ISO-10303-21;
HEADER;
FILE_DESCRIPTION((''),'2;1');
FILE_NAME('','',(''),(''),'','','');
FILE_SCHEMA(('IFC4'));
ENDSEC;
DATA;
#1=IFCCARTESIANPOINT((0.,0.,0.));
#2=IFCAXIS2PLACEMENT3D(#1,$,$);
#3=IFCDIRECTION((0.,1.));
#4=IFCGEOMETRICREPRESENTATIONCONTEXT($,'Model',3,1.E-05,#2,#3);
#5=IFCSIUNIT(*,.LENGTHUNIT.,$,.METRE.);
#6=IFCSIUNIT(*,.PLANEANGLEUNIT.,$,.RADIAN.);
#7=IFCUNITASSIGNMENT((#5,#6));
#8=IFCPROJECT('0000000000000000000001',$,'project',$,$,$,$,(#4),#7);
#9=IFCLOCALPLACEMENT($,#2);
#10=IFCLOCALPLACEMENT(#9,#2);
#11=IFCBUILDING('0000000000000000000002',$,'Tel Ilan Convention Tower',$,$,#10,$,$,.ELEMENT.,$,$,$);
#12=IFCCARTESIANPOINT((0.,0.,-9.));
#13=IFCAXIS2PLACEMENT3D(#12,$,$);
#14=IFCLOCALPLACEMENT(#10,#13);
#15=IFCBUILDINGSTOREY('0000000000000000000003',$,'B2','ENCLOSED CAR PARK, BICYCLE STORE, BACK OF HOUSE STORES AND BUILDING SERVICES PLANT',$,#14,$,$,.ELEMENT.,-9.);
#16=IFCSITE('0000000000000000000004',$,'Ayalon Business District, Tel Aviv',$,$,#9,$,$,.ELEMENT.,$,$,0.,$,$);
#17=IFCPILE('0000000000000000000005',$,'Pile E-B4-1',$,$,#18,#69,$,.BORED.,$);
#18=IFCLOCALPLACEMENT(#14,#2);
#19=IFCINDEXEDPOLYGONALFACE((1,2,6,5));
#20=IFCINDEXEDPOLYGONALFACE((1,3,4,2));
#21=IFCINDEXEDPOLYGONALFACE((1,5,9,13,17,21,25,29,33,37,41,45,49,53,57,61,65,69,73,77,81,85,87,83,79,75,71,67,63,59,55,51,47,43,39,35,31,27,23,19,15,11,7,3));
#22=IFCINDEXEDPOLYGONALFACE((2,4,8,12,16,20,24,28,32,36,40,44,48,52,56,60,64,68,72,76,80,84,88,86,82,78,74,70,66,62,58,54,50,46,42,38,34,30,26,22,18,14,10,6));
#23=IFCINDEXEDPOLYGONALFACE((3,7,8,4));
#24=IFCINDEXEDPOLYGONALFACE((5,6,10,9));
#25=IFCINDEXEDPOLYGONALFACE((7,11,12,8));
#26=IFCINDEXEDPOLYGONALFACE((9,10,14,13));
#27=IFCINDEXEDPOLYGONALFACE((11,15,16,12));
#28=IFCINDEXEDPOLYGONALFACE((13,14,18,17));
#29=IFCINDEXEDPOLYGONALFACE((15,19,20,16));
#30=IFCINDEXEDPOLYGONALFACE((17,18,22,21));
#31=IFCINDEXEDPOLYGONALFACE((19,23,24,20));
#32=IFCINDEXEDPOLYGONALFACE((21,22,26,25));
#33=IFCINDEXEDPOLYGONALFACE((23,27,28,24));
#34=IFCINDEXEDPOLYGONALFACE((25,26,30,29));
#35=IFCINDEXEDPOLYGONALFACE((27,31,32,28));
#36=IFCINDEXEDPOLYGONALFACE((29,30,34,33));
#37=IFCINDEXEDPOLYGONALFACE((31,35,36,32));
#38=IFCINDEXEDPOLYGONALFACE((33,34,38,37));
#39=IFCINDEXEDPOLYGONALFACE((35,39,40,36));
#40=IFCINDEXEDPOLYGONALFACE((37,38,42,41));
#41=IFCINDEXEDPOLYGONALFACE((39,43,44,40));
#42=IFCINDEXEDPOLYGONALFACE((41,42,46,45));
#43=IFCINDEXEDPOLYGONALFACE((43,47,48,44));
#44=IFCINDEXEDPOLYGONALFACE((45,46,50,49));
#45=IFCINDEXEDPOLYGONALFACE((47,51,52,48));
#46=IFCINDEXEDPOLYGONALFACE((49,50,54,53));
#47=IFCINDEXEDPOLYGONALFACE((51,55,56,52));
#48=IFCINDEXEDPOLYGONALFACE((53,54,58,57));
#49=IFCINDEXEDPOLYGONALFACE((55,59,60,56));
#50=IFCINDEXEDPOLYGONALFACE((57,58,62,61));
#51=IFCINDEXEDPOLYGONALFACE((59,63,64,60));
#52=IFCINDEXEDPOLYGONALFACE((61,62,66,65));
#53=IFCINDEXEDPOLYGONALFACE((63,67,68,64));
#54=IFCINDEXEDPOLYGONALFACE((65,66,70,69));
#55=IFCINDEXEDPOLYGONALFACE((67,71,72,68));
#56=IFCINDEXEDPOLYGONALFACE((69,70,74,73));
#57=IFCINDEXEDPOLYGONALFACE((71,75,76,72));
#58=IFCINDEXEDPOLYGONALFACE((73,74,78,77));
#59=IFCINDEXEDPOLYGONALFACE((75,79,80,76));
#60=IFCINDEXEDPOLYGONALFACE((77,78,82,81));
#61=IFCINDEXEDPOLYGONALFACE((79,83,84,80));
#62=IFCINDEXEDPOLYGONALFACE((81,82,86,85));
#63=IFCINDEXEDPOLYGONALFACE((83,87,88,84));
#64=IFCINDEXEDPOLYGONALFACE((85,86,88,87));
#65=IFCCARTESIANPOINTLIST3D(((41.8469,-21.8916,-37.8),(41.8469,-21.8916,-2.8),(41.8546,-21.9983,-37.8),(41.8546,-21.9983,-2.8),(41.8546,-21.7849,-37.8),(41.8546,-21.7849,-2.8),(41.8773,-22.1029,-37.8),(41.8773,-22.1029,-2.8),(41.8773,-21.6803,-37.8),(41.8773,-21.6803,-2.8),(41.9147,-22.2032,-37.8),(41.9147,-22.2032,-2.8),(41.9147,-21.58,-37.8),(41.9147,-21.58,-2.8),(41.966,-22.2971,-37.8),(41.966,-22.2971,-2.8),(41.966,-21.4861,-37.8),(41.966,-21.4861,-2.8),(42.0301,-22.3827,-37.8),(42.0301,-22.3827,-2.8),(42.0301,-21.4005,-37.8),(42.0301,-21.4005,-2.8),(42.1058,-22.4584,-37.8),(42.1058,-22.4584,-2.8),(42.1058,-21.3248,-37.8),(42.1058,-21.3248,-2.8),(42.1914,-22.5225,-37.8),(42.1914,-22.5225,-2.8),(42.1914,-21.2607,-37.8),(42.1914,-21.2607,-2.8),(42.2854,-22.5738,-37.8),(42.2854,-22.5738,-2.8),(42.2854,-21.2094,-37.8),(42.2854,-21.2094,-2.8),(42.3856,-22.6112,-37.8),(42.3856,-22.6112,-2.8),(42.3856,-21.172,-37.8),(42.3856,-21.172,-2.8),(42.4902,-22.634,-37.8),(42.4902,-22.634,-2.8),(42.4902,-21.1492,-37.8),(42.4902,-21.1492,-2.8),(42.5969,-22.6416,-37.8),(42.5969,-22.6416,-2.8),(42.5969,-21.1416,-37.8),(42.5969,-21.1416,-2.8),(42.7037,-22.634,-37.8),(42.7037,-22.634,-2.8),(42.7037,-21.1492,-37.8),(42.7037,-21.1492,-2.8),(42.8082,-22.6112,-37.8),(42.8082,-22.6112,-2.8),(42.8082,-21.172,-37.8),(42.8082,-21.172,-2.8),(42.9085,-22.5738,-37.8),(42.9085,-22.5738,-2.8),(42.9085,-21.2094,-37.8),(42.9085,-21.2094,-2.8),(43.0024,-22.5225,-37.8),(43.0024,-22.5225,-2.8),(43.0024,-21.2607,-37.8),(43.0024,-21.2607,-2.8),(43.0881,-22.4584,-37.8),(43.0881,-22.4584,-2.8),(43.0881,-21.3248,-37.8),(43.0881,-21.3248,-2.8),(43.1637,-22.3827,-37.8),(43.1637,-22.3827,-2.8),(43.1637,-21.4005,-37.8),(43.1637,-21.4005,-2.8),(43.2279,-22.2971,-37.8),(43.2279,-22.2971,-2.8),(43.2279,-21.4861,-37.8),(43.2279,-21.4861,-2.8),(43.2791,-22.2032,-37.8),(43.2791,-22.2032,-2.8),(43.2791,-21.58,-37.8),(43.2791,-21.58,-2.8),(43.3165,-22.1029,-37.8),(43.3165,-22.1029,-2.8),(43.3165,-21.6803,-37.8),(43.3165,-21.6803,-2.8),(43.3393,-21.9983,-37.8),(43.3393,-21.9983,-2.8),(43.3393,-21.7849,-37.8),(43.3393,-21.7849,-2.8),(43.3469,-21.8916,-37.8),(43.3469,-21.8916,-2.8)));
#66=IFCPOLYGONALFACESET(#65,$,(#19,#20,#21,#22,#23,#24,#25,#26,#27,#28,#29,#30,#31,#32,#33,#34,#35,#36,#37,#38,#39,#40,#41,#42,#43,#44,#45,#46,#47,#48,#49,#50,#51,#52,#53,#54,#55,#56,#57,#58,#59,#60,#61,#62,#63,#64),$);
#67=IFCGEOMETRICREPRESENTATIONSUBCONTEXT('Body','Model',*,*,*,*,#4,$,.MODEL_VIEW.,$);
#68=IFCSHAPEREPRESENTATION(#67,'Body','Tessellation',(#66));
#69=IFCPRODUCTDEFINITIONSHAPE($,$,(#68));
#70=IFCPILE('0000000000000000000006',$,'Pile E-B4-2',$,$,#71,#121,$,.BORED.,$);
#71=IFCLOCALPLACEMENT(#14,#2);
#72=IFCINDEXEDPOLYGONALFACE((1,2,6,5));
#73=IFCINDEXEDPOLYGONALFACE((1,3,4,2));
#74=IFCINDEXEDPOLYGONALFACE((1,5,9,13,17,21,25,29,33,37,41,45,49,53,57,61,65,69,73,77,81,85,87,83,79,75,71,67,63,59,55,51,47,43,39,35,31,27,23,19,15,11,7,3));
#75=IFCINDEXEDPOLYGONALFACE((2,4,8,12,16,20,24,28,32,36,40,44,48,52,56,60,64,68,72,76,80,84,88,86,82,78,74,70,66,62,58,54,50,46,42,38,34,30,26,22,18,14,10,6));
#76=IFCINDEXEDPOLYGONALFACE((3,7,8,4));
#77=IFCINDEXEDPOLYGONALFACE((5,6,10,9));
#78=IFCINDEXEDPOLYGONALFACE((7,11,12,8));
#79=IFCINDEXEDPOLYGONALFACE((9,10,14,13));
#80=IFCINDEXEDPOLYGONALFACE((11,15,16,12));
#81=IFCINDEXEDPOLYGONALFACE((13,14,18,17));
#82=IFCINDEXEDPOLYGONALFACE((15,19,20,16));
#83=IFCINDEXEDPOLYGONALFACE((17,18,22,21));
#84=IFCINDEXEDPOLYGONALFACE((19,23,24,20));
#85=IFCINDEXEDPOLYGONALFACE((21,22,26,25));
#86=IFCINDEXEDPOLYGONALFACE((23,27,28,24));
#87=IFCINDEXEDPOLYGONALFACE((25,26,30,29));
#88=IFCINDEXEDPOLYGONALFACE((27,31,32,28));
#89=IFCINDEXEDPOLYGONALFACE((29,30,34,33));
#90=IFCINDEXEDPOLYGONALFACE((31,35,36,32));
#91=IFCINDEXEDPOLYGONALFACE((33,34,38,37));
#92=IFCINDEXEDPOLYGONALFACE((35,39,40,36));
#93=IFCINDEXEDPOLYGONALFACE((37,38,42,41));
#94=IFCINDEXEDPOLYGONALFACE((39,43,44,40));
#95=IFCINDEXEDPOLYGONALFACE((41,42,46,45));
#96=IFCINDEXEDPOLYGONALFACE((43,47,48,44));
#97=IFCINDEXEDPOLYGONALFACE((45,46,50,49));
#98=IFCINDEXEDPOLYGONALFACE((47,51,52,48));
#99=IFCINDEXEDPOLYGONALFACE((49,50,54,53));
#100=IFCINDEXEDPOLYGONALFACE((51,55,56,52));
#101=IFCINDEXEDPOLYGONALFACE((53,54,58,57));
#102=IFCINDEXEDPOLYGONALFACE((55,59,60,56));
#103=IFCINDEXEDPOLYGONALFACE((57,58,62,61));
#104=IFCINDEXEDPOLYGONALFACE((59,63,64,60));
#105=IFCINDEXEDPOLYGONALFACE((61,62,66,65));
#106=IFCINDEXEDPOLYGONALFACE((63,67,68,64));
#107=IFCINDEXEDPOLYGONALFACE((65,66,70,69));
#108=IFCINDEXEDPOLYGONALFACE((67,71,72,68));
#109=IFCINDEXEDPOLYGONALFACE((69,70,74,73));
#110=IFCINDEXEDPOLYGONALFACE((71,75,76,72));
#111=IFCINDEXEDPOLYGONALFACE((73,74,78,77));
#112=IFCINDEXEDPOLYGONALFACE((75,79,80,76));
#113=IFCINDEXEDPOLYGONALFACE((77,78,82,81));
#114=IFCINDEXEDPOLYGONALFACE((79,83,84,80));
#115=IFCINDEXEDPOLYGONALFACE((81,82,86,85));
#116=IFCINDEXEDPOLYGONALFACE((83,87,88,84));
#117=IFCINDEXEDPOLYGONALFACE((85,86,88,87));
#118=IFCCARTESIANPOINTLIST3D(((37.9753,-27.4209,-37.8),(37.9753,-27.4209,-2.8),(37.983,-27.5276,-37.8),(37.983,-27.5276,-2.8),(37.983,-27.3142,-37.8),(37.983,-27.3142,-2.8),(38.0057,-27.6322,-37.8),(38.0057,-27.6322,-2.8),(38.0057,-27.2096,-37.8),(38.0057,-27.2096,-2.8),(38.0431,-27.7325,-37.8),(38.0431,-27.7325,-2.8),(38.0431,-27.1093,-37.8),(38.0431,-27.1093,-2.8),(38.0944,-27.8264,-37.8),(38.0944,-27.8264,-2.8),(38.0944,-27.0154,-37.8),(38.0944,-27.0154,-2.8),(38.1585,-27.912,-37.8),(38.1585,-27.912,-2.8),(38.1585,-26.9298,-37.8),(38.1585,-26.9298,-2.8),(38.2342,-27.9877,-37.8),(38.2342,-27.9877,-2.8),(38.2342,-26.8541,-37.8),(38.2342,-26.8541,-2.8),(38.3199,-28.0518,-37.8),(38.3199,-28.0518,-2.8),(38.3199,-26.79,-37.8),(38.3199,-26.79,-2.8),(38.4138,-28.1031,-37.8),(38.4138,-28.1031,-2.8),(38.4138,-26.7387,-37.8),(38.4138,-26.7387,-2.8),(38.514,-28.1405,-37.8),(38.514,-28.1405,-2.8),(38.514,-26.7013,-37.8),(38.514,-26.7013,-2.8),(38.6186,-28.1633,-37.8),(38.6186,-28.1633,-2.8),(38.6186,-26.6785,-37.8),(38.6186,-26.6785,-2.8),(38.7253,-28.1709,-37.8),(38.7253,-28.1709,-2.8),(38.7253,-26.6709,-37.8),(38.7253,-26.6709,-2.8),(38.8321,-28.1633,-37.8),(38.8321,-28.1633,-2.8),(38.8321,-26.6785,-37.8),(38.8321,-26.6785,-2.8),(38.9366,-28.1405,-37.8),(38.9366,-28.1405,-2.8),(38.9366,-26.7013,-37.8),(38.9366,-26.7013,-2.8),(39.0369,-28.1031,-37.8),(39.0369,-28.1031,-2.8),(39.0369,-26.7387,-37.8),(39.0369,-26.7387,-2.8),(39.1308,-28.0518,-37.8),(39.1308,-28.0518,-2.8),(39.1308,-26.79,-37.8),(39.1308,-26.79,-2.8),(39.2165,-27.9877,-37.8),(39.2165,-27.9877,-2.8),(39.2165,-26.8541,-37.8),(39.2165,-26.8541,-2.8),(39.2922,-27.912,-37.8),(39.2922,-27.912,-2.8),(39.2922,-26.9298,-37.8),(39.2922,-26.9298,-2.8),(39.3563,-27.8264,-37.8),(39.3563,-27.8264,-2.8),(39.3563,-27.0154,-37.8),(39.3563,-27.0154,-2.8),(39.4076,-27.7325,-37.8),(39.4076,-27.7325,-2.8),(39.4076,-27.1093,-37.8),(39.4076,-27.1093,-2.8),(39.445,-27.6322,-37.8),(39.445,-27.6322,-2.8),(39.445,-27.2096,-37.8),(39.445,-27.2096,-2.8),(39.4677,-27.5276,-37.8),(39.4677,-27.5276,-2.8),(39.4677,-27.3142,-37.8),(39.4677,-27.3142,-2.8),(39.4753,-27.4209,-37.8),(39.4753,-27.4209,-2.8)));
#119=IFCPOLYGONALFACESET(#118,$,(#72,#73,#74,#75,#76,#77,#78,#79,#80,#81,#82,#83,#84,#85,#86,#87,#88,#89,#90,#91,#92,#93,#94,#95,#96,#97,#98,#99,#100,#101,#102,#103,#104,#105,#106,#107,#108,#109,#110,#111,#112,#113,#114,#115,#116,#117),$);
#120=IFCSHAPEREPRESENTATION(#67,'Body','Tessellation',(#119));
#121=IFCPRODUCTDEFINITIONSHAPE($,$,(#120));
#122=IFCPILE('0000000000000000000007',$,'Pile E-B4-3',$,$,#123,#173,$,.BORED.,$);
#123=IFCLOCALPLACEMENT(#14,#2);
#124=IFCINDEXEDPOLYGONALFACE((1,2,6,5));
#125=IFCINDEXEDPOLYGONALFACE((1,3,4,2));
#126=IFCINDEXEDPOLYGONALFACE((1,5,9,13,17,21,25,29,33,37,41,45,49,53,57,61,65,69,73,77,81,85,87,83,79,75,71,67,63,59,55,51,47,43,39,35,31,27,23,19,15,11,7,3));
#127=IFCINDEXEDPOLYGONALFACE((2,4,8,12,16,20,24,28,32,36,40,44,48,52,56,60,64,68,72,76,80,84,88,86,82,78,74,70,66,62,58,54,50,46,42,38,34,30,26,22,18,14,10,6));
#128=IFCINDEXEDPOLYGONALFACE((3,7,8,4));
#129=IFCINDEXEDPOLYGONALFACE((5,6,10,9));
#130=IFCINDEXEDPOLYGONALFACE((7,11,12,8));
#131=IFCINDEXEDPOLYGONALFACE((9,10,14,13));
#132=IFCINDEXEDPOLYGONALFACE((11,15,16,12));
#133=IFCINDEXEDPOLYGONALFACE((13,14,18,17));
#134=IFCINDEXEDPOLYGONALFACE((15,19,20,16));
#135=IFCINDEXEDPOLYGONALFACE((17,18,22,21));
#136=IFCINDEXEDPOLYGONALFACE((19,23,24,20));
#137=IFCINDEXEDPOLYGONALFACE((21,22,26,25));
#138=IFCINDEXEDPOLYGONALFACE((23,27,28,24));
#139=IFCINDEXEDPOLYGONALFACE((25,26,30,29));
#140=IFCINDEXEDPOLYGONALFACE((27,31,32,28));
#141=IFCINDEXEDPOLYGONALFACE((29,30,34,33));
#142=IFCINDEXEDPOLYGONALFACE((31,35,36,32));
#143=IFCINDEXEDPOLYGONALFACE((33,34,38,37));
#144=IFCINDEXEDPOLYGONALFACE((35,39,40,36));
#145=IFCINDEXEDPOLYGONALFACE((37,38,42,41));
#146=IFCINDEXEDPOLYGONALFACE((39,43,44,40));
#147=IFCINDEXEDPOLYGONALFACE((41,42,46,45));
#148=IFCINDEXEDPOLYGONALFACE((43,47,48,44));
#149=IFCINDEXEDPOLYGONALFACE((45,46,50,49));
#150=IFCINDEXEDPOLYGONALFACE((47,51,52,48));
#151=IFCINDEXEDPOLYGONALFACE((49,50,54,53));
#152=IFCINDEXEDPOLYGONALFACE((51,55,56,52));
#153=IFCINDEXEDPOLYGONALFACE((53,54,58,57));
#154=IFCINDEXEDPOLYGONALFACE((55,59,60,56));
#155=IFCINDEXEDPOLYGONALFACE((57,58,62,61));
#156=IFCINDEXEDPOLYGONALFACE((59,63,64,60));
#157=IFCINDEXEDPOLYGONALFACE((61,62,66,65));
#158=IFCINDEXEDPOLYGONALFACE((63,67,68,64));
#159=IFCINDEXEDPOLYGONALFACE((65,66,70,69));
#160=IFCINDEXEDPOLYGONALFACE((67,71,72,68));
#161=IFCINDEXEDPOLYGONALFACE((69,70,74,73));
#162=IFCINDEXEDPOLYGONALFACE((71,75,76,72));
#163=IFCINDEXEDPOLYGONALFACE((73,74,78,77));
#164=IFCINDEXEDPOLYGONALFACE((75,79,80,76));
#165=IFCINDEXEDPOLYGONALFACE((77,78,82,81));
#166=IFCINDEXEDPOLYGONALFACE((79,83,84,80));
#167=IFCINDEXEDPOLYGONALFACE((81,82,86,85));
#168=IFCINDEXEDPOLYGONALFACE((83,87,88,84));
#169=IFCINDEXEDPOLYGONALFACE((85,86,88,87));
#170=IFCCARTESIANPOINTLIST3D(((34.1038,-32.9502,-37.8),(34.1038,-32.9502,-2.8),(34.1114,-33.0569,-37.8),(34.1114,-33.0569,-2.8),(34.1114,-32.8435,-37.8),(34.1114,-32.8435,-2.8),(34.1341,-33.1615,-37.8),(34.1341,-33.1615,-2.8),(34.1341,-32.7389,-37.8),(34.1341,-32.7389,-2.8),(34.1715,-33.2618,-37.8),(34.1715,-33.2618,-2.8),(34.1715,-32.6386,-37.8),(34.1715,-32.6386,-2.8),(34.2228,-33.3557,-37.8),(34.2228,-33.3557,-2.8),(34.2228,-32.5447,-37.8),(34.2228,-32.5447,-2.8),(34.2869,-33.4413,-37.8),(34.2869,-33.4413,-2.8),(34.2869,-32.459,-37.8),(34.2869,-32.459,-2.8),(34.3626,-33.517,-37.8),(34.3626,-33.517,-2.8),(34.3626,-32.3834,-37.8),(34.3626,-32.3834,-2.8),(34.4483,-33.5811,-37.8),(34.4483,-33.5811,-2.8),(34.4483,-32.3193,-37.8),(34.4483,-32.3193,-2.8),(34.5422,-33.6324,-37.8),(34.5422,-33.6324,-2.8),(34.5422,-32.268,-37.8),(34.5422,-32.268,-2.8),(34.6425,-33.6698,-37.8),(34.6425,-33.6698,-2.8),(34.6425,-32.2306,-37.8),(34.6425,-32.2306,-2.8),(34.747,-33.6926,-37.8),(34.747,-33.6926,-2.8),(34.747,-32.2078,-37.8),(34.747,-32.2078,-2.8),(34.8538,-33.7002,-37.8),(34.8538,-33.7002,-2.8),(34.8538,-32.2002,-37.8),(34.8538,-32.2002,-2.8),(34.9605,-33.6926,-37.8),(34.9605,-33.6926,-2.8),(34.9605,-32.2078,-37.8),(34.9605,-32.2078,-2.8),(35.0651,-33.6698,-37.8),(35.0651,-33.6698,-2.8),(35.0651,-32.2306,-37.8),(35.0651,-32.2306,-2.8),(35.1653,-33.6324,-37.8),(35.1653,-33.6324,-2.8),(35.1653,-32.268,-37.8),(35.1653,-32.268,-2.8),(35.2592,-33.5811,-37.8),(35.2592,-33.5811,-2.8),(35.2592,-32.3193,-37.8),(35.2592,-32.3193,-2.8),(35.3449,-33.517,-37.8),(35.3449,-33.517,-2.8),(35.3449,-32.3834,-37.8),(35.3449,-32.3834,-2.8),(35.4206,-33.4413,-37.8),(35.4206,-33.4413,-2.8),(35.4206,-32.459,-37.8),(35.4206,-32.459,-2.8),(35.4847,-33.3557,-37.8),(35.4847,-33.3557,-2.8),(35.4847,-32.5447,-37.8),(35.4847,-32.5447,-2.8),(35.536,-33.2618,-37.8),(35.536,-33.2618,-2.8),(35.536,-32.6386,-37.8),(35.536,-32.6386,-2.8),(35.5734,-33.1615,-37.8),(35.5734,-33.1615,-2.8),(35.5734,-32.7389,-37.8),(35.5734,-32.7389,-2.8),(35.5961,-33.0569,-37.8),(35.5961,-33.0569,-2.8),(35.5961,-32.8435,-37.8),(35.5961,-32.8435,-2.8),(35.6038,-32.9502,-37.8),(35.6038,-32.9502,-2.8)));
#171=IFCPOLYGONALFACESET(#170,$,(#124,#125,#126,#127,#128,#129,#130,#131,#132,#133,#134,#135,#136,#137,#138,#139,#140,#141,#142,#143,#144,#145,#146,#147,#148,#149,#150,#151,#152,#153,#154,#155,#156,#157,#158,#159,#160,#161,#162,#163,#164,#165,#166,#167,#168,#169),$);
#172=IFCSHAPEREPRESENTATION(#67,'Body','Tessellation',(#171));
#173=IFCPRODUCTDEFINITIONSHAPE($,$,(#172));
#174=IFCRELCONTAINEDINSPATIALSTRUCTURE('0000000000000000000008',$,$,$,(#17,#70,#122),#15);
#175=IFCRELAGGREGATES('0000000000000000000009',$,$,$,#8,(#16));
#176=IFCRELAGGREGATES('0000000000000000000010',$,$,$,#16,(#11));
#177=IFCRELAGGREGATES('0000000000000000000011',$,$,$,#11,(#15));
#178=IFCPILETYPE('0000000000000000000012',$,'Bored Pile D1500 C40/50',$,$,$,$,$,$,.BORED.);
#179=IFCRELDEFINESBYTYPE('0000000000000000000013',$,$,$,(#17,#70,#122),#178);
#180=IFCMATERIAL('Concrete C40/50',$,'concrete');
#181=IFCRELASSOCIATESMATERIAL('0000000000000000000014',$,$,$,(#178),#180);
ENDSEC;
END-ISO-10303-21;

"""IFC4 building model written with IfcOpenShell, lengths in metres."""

from ifc_helpers import new_model, si_unit, direction, frame, origin, origin_2d, place, context, subcontext, project, spatial, circle, extrude, material, material_profile, profile_set, type_object, element, save


model = new_model("IFC4")

# Units and contexts
model_context = context("Model", 3, precision=1e-05, world=origin(), true_north=direction((0.0, 1.0)))
body_context = subcontext(model_context, "Body", "Model", "MODEL_VIEW")
ifc_project = project(units=[si_unit("LENGTHUNIT", "METRE"), si_unit("PLANEANGLEUNIT", "RADIAN")], contexts=[model_context])

# Site, building, storey
site_placement = place(None, origin())
site = spatial("IfcSite", under=ifc_project, at=site_placement, Name="Ayalon Business District, Tel Aviv", CompositionType="ELEMENT", RefElevation=0.0)
building_placement = place(site_placement, origin())
building = spatial("IfcBuilding", under=site, at=building_placement, Name="Tel Ilan Convention Tower", CompositionType="ELEMENT")
storey_placement = place(building_placement, frame((0.0, 0.0, -9.0)))
storey = spatial("IfcBuildingStorey", under=building, at=storey_placement, Name="B2", Description="ENCLOSED CAR PARK, BICYCLE STORE, BACK OF HOUSE STORES AND BUILDING SERVICES PLANT", CompositionType="ELEMENT", Elevation=-9.0)

# Piles
ifc_material_1 = material(Name="Concrete C40/50", Category="concrete")
ifc_material_profile_1 = material_profile(ifc_material_1, circle(Radius=0.75, at=origin_2d()), Name="BORED D1500")
ifc_profile_set_1 = profile_set([ifc_material_profile_1], Name="Concrete C40/50")
pile_type_1 = type_object("IfcPileType", Name="Bored Pile D1500 C40/50", PredefinedType="BORED", material=ifc_profile_set_1)
for number, where, z_axis, x_axis, name in (
    (1, (42.5969, -21.8916, -2.8), (0.0, 0.0, -1.0), (1.0, 0.0, 0.0), "Pile E-B4-1"),
    (2, (38.7253, -27.4209, -2.8), (0.0, 0.0, -1.0), (1.0, 0.0, 0.0), "Pile E-B4-2"),
    (3, (34.8538, -32.9502, -2.8), (0.0, 0.0, -1.0), (1.0, 0.0, 0.0), "Pile E-B4-3"),
):
    element("IfcPile", number, at=place(storey_placement, frame(where, z_axis=z_axis, x_axis=x_axis)), inside=storey, type_object=pile_type_1, Name=name, PredefinedType="BORED", context=body_context, shape_type="SweptSolid", body=[
        extrude(circle(Radius=0.75, at=origin_2d()), origin(), (0.0, 0.0, 1.0), 35.0),
    ])

save(model, "model.ifc")
